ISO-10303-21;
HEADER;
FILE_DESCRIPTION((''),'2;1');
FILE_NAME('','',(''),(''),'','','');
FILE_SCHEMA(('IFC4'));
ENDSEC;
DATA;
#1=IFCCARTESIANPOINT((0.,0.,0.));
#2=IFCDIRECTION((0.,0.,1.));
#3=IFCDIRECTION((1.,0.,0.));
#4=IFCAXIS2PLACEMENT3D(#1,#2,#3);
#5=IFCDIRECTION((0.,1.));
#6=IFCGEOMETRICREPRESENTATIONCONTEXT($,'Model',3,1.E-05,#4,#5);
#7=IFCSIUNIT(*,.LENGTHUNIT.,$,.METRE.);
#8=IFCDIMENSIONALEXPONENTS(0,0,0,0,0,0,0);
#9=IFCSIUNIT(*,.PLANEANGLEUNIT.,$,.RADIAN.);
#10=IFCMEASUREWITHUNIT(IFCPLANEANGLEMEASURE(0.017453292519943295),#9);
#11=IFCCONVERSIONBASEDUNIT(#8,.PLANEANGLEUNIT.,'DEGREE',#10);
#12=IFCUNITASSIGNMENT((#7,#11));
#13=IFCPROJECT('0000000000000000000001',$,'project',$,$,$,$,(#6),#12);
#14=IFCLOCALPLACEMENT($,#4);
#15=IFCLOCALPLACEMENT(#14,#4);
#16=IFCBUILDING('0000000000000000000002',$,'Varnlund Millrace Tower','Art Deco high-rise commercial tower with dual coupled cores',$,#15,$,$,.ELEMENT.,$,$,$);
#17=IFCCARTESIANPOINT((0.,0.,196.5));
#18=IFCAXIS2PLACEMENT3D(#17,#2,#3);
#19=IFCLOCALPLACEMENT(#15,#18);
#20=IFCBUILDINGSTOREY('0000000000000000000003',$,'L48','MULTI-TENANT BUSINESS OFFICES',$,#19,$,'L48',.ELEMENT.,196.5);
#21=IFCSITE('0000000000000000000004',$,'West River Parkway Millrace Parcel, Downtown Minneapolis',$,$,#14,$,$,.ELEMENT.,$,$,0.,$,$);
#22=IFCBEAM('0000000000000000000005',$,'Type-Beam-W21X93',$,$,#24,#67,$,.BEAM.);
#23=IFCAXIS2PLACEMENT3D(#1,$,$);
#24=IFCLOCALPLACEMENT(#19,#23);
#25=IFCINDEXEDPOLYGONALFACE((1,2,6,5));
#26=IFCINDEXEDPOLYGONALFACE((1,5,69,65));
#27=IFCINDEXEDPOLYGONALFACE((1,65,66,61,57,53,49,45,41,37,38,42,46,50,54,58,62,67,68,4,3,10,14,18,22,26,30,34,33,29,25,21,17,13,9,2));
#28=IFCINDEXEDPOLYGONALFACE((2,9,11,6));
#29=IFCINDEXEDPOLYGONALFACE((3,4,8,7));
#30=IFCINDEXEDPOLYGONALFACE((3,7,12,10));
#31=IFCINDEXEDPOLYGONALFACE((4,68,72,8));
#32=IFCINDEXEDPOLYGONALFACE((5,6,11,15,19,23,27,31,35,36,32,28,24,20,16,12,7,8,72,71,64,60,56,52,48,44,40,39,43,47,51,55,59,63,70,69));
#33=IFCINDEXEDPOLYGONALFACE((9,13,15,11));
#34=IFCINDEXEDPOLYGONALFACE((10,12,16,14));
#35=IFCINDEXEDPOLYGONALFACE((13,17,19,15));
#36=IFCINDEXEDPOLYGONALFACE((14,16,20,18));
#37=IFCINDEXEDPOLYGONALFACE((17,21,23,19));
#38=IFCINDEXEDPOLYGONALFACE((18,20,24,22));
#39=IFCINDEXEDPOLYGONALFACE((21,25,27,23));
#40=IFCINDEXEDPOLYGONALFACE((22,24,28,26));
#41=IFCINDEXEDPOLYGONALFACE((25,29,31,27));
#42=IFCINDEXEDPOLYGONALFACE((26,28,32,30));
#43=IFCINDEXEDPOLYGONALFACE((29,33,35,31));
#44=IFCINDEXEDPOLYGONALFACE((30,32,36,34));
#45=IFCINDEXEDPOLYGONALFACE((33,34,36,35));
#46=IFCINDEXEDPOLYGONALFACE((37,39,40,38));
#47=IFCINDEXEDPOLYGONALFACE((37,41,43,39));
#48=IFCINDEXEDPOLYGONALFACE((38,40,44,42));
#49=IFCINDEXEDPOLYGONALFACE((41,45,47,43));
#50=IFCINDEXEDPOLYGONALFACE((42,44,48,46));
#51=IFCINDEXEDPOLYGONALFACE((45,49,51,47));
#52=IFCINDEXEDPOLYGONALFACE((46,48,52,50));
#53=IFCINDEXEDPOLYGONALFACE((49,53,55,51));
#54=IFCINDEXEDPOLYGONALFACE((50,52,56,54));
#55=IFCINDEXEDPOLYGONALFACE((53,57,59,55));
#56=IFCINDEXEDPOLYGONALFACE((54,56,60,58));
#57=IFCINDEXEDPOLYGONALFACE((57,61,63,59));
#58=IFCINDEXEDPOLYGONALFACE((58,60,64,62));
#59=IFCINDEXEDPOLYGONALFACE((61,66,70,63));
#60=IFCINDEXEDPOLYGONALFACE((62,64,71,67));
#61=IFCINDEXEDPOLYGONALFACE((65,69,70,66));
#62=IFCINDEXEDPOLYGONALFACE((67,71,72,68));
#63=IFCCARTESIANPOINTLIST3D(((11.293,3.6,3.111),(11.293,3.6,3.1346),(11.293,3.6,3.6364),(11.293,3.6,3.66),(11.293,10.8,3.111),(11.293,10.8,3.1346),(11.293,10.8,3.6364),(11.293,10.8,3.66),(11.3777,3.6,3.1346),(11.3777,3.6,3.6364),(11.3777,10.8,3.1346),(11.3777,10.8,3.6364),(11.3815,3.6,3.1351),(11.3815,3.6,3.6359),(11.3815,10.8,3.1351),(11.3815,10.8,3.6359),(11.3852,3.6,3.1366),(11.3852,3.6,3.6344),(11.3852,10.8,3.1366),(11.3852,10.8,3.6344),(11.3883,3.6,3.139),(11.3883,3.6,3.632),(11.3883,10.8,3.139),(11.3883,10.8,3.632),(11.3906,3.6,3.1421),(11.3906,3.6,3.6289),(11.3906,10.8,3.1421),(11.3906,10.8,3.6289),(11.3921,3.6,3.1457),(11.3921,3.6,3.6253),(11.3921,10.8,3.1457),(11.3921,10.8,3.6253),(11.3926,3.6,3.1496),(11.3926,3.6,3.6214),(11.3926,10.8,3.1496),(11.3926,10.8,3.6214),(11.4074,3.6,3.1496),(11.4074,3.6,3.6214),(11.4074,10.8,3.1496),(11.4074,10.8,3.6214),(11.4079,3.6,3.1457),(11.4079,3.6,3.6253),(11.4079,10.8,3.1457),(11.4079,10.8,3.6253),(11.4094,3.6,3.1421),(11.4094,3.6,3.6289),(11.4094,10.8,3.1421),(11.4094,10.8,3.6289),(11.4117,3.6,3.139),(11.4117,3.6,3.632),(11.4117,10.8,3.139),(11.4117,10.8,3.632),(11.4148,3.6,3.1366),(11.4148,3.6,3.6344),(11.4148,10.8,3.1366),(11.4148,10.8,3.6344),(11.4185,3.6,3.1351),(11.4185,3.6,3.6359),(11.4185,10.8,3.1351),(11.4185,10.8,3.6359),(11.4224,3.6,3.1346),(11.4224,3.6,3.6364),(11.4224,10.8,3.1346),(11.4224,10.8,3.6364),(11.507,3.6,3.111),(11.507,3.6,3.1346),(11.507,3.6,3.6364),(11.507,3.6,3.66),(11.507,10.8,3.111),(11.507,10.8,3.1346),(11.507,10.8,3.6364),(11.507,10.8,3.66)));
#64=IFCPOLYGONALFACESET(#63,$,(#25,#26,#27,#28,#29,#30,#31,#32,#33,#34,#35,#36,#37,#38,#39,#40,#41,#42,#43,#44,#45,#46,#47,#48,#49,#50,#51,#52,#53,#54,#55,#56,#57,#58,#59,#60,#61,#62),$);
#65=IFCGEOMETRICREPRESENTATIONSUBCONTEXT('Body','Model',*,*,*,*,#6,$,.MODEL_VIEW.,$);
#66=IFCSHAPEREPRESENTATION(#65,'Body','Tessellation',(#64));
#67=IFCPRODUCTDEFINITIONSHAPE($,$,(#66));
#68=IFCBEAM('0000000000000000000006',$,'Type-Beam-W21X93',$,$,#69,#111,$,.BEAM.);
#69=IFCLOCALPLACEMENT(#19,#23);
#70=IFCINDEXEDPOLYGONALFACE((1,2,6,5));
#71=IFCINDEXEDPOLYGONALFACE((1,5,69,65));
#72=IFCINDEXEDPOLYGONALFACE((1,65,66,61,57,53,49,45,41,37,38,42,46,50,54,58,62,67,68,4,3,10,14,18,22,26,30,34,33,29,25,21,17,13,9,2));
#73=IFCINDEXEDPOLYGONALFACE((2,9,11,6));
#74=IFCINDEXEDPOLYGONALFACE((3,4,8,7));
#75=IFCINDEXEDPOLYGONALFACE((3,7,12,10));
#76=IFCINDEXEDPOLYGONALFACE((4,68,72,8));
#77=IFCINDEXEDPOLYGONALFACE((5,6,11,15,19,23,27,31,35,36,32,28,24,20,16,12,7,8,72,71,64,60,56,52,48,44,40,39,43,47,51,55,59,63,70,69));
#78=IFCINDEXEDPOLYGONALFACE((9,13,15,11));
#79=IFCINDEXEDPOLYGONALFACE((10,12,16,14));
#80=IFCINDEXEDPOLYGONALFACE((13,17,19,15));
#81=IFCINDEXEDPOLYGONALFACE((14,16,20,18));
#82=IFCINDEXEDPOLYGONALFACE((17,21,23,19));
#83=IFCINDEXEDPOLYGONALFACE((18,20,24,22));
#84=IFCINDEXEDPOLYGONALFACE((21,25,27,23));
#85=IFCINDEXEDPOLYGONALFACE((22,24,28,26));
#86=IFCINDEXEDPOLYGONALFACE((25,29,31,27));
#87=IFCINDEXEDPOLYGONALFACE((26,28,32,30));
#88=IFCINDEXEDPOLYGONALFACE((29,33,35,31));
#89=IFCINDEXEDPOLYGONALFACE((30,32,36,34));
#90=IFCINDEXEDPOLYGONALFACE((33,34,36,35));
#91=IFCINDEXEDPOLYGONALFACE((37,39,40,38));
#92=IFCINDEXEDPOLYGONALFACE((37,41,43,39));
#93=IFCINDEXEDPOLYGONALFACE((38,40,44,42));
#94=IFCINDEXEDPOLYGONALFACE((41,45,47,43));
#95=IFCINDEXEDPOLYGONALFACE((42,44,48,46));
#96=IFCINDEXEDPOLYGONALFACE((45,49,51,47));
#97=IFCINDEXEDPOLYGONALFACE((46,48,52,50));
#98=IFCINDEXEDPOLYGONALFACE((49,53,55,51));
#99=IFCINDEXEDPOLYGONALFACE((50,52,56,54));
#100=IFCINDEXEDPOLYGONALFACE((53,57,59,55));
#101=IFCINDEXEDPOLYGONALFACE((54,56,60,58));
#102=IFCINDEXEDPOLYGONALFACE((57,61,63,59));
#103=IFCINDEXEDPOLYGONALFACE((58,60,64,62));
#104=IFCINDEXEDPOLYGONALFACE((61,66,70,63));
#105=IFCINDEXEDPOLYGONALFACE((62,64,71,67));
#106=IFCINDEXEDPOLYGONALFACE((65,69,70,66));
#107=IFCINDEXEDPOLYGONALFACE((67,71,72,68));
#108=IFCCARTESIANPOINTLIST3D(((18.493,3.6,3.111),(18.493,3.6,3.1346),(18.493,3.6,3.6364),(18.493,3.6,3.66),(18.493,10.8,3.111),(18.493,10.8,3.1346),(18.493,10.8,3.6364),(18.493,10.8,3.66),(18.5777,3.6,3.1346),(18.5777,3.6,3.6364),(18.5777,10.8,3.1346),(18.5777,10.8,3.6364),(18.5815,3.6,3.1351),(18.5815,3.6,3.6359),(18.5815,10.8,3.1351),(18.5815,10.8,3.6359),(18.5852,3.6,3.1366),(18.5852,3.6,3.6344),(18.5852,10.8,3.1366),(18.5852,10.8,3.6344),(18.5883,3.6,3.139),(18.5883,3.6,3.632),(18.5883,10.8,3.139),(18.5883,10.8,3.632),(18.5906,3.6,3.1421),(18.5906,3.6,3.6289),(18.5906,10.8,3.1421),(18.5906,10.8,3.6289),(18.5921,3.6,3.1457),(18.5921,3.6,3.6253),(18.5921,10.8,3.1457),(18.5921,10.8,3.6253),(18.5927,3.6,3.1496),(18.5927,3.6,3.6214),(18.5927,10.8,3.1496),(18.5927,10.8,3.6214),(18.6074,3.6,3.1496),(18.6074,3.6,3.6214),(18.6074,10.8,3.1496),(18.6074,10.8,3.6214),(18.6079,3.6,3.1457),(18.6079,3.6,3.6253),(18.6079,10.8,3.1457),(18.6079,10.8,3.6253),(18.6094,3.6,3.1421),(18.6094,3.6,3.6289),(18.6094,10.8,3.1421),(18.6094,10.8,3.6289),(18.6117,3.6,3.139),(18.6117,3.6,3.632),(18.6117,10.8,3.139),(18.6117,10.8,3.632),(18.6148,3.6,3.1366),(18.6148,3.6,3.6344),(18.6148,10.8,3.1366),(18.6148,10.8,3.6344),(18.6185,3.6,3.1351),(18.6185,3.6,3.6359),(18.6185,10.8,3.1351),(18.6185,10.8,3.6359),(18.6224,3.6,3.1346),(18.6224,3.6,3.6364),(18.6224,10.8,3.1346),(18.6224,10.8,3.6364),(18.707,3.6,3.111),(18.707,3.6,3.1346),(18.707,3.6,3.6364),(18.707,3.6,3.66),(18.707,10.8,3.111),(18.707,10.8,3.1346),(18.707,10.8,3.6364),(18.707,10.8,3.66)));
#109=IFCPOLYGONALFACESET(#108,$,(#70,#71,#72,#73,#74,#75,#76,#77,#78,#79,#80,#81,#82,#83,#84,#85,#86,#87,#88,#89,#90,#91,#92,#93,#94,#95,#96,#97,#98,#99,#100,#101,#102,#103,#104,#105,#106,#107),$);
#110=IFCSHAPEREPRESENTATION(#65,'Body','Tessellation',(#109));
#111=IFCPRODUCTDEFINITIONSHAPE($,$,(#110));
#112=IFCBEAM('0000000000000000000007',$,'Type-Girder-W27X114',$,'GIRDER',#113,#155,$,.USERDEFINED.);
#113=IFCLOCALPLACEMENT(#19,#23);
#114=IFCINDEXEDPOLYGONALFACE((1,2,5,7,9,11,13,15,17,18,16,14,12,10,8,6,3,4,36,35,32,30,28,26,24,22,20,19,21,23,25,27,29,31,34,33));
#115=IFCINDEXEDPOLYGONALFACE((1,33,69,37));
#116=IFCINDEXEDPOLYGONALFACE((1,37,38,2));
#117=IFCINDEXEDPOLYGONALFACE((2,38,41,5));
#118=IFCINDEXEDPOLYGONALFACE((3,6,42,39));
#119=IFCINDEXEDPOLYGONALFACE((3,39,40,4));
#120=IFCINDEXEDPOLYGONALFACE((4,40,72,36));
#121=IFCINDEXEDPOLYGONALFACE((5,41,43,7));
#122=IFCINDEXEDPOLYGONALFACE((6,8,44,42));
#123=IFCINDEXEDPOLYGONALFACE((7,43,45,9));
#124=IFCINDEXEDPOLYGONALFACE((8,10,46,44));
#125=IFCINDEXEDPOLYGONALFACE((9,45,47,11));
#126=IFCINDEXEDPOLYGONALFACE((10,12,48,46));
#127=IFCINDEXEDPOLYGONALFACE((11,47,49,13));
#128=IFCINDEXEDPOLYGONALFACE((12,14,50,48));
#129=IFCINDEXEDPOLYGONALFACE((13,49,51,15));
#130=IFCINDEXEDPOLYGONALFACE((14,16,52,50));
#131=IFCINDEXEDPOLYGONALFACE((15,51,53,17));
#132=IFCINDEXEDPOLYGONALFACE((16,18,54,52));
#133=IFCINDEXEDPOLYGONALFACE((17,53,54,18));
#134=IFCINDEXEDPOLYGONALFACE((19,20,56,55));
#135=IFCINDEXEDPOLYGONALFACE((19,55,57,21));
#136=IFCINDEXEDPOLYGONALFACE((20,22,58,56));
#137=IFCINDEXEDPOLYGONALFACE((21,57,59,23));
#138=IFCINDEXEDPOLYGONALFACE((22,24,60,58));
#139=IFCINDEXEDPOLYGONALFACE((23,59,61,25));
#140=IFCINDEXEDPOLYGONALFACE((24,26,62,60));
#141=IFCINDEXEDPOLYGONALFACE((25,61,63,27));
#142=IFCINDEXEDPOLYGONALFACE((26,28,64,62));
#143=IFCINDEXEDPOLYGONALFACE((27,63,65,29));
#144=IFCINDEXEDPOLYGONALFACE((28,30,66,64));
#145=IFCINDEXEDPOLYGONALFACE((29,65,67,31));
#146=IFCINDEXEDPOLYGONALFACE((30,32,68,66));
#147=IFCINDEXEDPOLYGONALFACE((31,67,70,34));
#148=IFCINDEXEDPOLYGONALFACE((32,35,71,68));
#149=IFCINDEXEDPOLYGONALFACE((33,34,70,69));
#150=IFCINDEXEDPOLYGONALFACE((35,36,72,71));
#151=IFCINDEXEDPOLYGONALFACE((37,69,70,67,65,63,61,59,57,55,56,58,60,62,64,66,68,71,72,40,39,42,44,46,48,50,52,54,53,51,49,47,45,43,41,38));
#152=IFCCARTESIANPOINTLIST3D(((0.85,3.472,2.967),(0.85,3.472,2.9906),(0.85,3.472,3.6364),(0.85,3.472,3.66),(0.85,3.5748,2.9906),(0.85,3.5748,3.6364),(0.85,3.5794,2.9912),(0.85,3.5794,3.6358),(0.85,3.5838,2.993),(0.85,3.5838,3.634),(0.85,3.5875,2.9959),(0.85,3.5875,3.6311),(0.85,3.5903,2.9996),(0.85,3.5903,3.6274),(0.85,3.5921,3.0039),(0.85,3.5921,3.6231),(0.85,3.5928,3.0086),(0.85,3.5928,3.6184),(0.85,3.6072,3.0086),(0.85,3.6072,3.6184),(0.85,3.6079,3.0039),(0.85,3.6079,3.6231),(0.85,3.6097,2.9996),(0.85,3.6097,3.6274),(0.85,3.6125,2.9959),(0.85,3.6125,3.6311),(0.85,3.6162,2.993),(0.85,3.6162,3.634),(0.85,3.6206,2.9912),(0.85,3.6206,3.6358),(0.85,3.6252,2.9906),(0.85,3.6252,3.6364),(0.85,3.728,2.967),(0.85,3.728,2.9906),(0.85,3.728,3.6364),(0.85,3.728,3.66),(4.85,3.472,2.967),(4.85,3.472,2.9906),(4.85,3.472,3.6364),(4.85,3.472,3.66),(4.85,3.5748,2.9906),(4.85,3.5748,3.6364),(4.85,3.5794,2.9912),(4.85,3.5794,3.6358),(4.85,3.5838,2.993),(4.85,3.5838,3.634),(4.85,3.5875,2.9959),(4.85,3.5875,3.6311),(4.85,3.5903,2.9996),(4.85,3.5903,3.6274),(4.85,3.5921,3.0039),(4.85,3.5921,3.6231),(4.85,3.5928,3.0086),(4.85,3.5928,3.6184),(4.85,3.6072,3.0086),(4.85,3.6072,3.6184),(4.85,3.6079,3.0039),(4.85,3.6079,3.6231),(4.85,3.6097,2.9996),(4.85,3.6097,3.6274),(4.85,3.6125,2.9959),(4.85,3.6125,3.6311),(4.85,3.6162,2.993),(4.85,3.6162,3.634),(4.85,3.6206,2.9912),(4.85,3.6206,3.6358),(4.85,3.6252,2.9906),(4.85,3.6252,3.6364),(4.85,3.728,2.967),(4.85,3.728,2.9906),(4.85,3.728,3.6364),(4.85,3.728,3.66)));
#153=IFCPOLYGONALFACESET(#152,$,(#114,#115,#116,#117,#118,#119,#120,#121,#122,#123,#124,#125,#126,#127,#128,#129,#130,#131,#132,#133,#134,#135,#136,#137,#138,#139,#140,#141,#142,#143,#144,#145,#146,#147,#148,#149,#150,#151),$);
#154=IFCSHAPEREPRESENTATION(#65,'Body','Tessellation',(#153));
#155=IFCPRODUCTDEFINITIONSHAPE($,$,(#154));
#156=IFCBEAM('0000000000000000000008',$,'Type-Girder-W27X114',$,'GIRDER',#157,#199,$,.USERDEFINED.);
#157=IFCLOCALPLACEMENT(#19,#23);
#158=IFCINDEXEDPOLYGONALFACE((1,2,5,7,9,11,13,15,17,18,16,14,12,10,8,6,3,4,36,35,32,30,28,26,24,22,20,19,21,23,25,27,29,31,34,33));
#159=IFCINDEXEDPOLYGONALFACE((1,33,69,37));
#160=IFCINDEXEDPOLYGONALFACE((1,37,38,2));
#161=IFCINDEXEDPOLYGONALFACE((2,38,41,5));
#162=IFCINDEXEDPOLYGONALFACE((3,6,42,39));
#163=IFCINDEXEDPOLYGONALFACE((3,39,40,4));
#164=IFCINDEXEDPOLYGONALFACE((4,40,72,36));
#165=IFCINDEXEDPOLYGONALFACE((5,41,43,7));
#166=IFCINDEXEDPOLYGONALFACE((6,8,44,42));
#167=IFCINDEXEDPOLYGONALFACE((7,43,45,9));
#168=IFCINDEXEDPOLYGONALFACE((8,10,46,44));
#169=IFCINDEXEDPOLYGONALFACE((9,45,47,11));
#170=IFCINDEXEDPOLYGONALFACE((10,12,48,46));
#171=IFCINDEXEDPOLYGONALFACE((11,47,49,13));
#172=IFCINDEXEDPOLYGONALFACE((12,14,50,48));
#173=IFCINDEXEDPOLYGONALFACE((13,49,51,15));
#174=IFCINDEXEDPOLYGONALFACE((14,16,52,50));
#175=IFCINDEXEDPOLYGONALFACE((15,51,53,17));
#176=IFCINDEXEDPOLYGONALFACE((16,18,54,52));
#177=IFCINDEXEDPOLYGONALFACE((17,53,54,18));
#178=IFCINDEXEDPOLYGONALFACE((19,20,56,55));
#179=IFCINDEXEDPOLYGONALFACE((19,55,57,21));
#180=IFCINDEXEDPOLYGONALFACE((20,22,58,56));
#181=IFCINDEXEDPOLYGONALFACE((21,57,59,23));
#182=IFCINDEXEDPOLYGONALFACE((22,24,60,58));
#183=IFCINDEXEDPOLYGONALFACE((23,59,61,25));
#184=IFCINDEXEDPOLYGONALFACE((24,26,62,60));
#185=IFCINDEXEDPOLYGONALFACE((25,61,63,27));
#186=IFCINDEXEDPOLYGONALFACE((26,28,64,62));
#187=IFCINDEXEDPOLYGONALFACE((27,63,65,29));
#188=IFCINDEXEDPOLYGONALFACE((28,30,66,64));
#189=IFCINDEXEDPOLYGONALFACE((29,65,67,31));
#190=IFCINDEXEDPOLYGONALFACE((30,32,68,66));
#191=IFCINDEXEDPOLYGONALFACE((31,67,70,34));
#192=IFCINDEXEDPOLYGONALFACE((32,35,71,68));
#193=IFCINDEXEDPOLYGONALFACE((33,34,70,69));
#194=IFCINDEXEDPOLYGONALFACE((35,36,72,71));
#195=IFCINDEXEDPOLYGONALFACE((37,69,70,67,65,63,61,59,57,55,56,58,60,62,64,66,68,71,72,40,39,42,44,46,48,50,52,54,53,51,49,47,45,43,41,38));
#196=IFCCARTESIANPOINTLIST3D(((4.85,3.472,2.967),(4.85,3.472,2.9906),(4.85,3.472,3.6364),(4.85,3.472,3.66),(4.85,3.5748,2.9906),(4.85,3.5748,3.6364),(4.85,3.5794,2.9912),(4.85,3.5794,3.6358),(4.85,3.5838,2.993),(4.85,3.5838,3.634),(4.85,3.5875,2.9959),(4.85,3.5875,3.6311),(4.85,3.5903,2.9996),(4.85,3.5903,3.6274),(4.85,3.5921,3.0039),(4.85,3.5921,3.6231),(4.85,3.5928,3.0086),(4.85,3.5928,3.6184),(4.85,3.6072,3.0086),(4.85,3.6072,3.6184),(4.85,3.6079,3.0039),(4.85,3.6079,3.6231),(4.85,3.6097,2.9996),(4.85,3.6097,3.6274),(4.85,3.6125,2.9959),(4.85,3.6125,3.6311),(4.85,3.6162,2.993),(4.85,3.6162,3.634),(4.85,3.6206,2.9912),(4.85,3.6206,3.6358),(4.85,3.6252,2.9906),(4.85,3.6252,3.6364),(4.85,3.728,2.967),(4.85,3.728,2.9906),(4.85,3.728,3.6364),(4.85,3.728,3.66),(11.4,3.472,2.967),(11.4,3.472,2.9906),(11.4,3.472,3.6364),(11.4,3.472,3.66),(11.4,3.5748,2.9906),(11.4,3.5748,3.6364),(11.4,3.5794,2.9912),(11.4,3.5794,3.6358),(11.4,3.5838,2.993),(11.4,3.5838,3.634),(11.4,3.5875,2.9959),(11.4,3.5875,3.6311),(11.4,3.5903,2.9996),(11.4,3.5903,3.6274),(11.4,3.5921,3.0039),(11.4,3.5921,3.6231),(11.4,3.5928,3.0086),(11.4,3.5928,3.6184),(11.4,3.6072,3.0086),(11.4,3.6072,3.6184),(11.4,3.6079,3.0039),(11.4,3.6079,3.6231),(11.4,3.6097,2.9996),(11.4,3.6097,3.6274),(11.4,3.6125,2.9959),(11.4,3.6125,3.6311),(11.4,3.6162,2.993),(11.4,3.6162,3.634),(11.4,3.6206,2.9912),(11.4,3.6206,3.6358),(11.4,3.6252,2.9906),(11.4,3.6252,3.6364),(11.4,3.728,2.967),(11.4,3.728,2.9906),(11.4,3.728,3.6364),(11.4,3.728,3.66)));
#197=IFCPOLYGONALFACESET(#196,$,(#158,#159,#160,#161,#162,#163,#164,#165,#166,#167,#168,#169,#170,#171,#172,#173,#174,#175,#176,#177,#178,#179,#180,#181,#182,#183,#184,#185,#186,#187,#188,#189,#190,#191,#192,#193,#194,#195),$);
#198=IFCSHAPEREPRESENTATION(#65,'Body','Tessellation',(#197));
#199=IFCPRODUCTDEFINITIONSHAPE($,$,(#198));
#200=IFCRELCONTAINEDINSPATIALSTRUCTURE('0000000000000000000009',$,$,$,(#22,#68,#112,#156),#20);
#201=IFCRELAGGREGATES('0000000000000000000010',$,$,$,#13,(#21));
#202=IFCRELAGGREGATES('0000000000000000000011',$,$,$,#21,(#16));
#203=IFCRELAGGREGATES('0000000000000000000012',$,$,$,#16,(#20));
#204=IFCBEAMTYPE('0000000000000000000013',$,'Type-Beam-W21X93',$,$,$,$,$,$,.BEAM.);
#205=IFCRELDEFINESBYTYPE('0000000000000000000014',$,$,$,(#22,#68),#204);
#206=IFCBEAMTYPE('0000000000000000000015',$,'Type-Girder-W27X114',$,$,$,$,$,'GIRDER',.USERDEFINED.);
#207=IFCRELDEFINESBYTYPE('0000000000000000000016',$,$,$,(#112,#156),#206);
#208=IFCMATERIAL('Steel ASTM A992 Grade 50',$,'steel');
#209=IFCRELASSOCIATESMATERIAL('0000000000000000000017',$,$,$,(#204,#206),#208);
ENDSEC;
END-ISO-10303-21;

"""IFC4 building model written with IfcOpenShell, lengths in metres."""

from ifc_helpers import new_model, entity, si_unit, converted_unit, direction, frame, origin_with_axes, origin_2d_with_axis, place, context, subcontext, project, spatial, i_section, extrude, material, material_profile, profile_set, type_object, element, save


model = new_model("IFC4")

# Units and contexts
model_context = context("Model", 3, precision=1e-05, world=origin_with_axes(), true_north=direction((0.0, 1.0)))
body_context = subcontext(model_context, "Body", "Model", "MODEL_VIEW")
ifc_project = project(units=[si_unit("LENGTHUNIT", "METRE"), converted_unit("PLANEANGLEUNIT", "DEGREE", entity("IfcPlaneAngleMeasure", 0.017453292519943295), si_unit("PLANEANGLEUNIT", "RADIAN"), dimensions=[0, 0, 0, 0, 0, 0, 0])], contexts=[model_context])

# Site, building, storey
site_placement = place(None, origin_with_axes())
site = spatial("IfcSite", under=ifc_project, at=site_placement, Name="West River Parkway Millrace Parcel, Downtown Minneapolis", CompositionType="ELEMENT", RefElevation=0.0)
building_placement = place(site_placement, origin_with_axes())
building = spatial("IfcBuilding", under=site, at=building_placement, Name="Varnlund Millrace Tower", Description="Art Deco high-rise commercial tower with dual coupled cores", CompositionType="ELEMENT")
storey_placement = place(building_placement, frame((0.0, 0.0, 196.5), z_axis=(0.0, 0.0, 1.0), x_axis=(1.0, 0.0, 0.0)))
storey = spatial("IfcBuildingStorey", under=building, at=storey_placement, Name="L48", Description="MULTI-TENANT BUSINESS OFFICES", LongName="L48", CompositionType="ELEMENT", Elevation=196.5)

# Beams
ifc_material_1 = material(Name="Steel ASTM A992 Grade 50", Category="steel")
ifc_material_profile_1 = material_profile(ifc_material_1, i_section(OverallWidth=0.214, OverallDepth=0.549, WebThickness=0.0147, FlangeThickness=0.0236, FilletRadius=0.015, at=origin_2d_with_axis()), Name="Steel ASTM A992 Grade 50")
ifc_profile_set_1 = profile_set([ifc_material_profile_1], Name="Steel ASTM A992 Grade 50")
beam_type_1 = type_object("IfcBeamType", Name="Type-Beam-W21X93", PredefinedType="BEAM", material=ifc_profile_set_1)
for number, where, z_axis, x_axis, name in (
    (1, (11.4, 3.6, 3.3855), (0.0, 1.0, 0.0), (-1.0, 0.0, 0.0), "Type-Beam-W21X93"),
    (2, (18.6, 3.6, 3.3855), (0.0, 1.0, 0.0), (-1.0, 0.0, 0.0), "Type-Beam-W21X93"),
):
    element("IfcBeam", number, at=place(storey_placement, frame(where, z_axis=z_axis, x_axis=x_axis)), inside=storey, type_object=beam_type_1, Name=name, PredefinedType="BEAM", context=body_context, shape_type="SweptSolid", body=[
        extrude(i_section(OverallWidth=0.214, OverallDepth=0.549, WebThickness=0.0147, FlangeThickness=0.0236, FilletRadius=0.015, at=origin_2d_with_axis()), origin_with_axes(), (0.0, 0.0, 1.0), 7.2),
    ])
ifc_material_profile_2 = material_profile(ifc_material_1, i_section(OverallWidth=0.256, OverallDepth=0.693, WebThickness=0.0145, FlangeThickness=0.0236, FilletRadius=0.018, at=origin_2d_with_axis()), Name="Steel ASTM A992 Grade 50")
ifc_profile_set_2 = profile_set([ifc_material_profile_2], Name="Steel ASTM A992 Grade 50")
beam_type_2 = type_object("IfcBeamType", Name="Type-Girder-W27X114", ElementType="GIRDER", PredefinedType="USERDEFINED", material=ifc_profile_set_2)
beam_1_placement = place(storey_placement, frame((0.85, 3.6, 3.3135), z_axis=(1.0, 0.0, 0.0), x_axis=(0.0, 1.0, 0.0)))
element("IfcBeam", 3, at=beam_1_placement, inside=storey, type_object=beam_type_2, Name="Type-Girder-W27X114", ObjectType="GIRDER", PredefinedType="USERDEFINED", context=body_context, shape_type="SweptSolid", body=[
    extrude(i_section(OverallWidth=0.256, OverallDepth=0.693, WebThickness=0.0145, FlangeThickness=0.0236, FilletRadius=0.018, at=origin_2d_with_axis()), origin_with_axes(), (0.0, 0.0, 1.0), 4.0),
])
beam_2_placement = place(storey_placement, frame((4.85, 3.6, 3.3135), z_axis=(1.0, 0.0, 0.0), x_axis=(0.0, 1.0, 0.0)))
element("IfcBeam", 4, at=beam_2_placement, inside=storey, type_object=beam_type_2, Name="Type-Girder-W27X114", ObjectType="GIRDER", PredefinedType="USERDEFINED", context=body_context, shape_type="SweptSolid", body=[
    extrude(i_section(OverallWidth=0.256, OverallDepth=0.693, WebThickness=0.0145, FlangeThickness=0.0236, FilletRadius=0.018, at=origin_2d_with_axis()), origin_with_axes(), (0.0, 0.0, 1.0), 6.55),
])

save(model, "model.ifc")
